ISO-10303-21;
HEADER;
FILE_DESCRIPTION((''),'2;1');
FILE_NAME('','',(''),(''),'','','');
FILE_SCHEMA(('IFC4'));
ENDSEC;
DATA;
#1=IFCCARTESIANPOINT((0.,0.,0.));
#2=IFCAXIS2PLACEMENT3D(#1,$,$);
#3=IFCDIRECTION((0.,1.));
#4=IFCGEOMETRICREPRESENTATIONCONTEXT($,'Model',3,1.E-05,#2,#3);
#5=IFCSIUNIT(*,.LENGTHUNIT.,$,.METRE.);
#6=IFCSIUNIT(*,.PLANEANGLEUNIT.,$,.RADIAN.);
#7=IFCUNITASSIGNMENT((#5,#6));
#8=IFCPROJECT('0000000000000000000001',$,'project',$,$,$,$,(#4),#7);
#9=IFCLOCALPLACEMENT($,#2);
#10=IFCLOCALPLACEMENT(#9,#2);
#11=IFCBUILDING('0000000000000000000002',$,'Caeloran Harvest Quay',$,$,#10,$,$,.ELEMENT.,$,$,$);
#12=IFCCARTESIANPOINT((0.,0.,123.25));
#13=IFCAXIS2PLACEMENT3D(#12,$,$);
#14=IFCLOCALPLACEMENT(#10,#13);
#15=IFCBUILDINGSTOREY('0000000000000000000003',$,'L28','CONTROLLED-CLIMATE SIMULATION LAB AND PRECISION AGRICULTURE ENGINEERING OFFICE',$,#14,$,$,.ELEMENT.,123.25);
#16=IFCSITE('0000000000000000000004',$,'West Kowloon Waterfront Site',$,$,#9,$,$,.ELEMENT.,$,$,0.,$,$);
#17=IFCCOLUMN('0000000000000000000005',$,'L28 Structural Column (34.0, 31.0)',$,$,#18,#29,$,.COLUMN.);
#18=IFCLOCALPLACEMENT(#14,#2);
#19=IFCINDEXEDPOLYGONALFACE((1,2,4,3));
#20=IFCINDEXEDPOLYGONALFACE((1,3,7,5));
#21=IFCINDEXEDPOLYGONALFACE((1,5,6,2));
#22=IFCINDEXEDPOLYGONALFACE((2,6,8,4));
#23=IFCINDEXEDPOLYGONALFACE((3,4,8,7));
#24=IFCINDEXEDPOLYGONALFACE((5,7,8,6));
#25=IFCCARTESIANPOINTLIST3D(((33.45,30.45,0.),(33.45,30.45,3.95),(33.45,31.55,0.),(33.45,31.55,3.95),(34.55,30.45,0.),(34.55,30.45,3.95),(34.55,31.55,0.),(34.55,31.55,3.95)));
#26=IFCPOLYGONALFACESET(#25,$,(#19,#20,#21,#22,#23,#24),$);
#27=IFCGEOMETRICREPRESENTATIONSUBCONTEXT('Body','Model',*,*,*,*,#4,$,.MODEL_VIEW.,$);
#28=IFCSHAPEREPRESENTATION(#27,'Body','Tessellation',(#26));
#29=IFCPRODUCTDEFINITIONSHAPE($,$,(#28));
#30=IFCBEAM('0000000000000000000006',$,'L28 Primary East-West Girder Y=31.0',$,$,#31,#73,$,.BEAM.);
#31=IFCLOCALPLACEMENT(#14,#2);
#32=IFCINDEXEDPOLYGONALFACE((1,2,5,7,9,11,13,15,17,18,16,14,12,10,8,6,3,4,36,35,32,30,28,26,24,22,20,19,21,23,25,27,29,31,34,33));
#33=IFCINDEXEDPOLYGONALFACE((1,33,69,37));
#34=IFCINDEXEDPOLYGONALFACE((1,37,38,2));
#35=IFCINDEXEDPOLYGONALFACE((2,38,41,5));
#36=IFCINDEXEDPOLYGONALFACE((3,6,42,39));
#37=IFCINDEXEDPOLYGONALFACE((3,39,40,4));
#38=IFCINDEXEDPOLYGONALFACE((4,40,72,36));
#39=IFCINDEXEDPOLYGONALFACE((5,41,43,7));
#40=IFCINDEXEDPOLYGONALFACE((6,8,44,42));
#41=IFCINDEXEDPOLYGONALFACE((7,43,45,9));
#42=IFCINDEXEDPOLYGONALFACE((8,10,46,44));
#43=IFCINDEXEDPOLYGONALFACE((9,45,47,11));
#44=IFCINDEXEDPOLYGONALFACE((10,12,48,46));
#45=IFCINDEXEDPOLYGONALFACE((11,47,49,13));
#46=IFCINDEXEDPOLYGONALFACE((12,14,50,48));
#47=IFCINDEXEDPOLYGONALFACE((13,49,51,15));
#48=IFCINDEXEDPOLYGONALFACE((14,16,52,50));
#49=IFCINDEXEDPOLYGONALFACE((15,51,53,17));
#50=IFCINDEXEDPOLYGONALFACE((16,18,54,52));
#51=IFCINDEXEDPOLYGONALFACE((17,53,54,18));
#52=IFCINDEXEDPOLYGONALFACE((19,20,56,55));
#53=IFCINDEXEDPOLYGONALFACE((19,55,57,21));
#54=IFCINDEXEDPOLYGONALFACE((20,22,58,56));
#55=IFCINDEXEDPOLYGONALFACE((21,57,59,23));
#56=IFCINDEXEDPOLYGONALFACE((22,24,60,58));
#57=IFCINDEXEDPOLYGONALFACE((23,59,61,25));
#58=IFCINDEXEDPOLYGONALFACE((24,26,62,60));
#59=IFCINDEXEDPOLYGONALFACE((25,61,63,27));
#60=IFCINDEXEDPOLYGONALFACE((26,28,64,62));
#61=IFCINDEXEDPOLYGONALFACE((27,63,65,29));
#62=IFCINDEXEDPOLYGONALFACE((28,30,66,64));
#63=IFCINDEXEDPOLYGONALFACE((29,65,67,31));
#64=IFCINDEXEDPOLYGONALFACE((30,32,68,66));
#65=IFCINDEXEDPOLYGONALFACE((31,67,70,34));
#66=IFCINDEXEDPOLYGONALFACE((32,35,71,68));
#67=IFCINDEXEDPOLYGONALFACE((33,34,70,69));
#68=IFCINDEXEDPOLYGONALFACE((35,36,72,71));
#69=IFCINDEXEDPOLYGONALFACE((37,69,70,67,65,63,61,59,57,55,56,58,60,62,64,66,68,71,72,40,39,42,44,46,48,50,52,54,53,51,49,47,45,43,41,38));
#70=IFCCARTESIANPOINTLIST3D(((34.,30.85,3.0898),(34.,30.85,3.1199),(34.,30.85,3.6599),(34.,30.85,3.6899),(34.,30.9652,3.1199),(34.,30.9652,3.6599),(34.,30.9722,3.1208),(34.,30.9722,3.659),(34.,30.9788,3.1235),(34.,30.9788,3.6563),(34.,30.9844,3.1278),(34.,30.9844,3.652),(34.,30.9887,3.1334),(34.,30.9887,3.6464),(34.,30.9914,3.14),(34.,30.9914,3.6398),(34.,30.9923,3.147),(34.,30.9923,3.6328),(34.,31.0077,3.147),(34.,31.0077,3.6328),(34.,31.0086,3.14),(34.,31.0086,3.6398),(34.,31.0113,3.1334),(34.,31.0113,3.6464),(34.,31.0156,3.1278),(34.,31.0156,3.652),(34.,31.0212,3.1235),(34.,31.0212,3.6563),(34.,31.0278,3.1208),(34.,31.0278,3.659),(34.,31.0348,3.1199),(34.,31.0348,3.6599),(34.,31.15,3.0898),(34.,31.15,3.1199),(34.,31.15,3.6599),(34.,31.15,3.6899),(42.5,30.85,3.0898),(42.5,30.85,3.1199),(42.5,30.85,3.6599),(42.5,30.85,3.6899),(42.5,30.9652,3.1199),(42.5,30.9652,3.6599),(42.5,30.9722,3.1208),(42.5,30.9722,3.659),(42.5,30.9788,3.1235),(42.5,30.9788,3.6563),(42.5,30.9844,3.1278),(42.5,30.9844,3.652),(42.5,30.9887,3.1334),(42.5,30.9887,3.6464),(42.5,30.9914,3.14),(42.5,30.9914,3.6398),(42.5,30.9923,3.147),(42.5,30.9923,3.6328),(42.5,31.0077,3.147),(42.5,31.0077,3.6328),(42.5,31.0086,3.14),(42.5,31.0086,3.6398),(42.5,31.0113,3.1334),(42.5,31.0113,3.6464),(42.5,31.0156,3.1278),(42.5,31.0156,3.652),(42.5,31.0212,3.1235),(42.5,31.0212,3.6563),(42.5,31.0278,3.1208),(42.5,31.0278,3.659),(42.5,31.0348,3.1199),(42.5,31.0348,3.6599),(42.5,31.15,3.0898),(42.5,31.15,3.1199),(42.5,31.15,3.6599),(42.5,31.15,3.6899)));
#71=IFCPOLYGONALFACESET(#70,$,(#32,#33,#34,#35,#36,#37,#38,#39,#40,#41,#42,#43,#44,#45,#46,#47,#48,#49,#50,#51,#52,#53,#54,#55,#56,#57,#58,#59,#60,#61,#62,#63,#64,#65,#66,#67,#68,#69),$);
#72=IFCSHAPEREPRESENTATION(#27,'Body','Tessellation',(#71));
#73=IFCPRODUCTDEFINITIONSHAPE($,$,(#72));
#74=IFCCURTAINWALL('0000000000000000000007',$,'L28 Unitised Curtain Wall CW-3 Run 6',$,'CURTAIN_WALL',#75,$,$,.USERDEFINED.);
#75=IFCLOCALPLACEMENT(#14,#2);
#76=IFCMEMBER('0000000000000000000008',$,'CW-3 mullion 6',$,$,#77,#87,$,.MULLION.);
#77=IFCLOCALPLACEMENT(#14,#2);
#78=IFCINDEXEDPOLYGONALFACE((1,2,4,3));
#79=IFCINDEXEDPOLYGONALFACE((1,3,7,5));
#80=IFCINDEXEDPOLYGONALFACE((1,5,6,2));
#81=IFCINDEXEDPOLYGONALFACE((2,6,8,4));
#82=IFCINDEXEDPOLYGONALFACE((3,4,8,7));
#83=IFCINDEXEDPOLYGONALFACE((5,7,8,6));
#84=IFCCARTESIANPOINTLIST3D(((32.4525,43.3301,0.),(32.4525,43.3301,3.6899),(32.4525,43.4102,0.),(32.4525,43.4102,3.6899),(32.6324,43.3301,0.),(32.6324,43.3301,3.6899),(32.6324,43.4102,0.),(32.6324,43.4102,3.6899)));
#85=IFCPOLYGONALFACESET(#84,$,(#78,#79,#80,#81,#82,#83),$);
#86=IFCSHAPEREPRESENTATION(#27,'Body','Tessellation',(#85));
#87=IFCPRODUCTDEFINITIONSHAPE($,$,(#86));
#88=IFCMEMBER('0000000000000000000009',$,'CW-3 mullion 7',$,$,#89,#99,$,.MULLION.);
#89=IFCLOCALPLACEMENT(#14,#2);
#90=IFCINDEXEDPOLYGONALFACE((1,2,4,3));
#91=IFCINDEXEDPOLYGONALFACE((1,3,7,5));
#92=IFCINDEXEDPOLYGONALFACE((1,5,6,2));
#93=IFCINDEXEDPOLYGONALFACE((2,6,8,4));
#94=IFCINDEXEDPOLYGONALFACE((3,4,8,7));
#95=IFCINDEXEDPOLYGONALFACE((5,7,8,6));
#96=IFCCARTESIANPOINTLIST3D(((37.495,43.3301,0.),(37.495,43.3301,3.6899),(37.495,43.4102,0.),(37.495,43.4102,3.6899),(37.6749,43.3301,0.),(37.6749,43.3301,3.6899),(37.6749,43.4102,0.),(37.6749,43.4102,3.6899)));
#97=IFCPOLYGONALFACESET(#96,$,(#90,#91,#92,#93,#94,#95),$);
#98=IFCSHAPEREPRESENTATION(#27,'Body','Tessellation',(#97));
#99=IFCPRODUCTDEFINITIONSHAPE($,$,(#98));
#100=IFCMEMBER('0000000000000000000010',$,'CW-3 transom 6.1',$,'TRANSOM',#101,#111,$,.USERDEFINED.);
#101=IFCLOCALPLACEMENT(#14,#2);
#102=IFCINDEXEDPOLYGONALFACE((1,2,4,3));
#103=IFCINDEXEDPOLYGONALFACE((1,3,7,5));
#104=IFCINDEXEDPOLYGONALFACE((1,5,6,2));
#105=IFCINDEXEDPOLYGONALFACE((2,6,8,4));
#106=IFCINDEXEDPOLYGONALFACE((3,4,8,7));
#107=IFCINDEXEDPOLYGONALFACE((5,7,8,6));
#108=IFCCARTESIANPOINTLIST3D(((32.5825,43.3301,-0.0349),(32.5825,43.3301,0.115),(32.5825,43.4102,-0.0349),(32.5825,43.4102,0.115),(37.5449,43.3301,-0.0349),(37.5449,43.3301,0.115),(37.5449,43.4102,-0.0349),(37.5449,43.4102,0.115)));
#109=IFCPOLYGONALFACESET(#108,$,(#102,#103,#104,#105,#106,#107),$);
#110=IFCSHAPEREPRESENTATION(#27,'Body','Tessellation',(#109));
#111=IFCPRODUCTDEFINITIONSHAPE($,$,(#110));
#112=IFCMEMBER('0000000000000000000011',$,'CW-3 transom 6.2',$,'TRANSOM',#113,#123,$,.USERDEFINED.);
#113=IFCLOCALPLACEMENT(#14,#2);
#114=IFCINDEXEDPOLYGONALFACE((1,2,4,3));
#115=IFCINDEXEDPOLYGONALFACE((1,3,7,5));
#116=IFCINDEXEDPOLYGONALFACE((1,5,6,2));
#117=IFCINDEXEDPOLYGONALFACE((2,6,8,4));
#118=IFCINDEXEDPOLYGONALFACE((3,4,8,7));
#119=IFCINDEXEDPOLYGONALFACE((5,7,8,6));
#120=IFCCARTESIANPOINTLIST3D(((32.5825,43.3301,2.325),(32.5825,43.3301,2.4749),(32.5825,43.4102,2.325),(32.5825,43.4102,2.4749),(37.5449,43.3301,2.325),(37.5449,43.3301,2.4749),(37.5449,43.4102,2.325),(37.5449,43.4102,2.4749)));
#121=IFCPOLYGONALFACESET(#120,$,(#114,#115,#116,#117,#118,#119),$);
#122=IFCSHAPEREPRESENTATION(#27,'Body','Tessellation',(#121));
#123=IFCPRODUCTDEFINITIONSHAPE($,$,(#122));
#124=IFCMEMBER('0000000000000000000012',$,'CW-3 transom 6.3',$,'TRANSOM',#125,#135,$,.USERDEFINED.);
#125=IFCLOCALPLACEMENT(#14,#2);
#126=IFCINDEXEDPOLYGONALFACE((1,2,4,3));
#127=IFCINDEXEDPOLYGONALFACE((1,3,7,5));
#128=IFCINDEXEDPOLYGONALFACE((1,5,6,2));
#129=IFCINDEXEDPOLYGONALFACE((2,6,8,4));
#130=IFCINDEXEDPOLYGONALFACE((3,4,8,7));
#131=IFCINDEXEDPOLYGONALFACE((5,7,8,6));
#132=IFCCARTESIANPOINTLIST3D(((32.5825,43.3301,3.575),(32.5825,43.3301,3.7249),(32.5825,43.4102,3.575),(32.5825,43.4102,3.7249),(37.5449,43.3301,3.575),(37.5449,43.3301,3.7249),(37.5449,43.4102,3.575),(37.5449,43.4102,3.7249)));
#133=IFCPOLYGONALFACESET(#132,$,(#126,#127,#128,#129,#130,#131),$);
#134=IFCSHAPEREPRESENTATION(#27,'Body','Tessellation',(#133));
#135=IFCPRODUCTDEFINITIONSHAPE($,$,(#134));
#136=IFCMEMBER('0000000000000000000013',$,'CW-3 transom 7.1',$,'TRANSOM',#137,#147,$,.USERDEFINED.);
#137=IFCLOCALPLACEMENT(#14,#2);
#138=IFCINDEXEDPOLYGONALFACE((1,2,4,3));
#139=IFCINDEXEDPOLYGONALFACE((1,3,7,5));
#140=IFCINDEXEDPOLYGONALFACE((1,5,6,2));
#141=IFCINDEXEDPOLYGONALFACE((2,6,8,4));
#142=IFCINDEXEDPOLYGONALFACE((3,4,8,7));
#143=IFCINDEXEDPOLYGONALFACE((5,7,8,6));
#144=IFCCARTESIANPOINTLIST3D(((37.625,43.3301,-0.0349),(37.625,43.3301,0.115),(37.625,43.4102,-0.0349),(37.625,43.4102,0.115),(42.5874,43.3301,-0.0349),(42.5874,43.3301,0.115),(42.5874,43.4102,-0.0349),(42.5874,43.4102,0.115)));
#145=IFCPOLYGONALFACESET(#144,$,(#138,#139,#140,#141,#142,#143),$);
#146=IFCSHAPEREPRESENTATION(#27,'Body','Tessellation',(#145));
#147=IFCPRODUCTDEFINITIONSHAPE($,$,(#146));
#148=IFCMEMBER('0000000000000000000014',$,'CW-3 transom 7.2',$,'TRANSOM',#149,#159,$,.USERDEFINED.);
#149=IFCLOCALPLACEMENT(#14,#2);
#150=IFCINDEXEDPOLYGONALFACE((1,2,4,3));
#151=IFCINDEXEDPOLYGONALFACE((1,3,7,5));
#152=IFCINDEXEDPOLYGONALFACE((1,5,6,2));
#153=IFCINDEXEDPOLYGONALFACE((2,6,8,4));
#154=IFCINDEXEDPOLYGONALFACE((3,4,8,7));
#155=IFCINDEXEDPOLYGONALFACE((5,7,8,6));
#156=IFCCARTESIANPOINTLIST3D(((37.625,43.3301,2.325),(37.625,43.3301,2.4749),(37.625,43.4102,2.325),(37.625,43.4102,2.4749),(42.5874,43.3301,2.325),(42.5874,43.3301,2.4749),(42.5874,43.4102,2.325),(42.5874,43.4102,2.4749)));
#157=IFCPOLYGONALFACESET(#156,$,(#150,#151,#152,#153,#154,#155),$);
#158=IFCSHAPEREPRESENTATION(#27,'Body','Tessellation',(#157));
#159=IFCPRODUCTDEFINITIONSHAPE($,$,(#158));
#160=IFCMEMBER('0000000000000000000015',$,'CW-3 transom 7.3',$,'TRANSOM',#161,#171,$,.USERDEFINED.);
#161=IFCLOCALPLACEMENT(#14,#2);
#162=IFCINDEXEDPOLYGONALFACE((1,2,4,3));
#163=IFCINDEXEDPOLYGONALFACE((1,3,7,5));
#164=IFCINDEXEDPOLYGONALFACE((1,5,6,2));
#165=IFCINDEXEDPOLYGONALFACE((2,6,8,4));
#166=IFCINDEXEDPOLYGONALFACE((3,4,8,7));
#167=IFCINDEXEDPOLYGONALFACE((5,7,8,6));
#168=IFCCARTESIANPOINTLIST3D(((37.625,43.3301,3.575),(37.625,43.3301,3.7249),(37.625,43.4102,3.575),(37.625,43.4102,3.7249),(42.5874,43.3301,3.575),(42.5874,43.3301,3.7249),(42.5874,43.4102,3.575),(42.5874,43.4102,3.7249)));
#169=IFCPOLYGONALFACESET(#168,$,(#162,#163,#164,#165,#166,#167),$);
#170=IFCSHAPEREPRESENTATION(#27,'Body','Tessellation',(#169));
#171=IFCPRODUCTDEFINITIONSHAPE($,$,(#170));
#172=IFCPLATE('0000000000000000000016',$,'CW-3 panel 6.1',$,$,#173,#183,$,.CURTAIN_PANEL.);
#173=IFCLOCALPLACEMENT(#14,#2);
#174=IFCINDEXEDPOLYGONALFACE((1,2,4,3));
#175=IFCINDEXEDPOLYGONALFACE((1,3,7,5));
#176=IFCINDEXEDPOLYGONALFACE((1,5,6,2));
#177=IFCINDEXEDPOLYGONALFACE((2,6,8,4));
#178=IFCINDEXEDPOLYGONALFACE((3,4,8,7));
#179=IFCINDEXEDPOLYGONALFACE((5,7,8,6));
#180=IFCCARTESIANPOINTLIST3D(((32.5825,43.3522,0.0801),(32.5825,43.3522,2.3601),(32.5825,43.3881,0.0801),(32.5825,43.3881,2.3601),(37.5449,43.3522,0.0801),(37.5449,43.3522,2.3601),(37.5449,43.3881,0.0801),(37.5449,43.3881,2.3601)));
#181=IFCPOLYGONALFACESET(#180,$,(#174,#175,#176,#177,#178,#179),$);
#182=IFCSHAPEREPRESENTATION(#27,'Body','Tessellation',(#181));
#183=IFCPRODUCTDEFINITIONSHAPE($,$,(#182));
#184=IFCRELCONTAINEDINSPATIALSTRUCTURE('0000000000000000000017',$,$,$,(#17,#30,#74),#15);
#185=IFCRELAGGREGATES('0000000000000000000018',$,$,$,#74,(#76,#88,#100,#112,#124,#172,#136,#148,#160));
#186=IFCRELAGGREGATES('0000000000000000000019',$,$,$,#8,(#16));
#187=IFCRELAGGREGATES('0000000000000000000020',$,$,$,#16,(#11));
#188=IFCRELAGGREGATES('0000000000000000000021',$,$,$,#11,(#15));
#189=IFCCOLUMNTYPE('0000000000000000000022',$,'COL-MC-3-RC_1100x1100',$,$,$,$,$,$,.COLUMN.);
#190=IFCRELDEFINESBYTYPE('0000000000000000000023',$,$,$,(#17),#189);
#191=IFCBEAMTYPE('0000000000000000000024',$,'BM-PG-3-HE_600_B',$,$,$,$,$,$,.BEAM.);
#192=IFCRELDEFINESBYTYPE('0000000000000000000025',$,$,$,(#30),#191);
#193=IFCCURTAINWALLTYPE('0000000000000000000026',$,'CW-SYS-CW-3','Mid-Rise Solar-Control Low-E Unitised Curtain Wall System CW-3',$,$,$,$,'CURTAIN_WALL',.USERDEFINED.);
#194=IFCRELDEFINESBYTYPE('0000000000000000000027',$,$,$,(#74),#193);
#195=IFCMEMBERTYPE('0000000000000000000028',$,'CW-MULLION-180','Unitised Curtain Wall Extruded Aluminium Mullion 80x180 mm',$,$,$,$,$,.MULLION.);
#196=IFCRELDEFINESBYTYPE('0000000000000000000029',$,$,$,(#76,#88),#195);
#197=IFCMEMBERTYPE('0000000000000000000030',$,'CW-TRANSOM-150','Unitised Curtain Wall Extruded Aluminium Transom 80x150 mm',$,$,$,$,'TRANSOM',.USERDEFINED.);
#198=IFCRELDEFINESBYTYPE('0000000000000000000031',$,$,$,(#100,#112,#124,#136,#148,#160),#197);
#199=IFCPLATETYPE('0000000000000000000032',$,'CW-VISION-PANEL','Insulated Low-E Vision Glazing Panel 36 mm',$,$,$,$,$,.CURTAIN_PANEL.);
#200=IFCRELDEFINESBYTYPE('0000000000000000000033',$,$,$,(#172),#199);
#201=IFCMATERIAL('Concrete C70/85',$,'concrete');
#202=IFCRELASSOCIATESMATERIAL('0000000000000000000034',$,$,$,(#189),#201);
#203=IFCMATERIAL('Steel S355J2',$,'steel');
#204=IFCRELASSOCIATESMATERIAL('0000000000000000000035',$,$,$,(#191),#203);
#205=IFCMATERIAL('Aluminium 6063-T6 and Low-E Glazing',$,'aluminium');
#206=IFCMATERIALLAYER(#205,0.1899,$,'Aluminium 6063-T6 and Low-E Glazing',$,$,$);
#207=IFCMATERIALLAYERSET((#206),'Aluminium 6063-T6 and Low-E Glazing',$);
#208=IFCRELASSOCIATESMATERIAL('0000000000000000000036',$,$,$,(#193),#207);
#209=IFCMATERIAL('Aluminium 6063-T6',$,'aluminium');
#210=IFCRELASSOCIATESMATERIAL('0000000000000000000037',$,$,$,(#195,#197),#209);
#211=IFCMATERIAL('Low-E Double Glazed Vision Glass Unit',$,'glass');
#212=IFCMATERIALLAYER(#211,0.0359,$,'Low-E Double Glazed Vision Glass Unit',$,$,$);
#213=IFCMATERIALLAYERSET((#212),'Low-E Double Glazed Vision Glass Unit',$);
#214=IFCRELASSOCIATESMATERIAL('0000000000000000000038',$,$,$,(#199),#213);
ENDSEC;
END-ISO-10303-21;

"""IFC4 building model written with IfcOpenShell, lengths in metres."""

from ifc_helpers import new_model, si_unit, direction, frame, origin, origin_2d, place, context, subcontext, project, spatial, rectangle, i_section, extrude, material, layer, layer_set, material_profile, profile_set, type_object, element, aggregate, save


model = new_model("IFC4")

# Units and contexts
model_context = context("Model", 3, precision=1e-05, world=origin(), true_north=direction((0.0, 1.0)))
body_context = subcontext(model_context, "Body", "Model", "MODEL_VIEW")
ifc_project = project(units=[si_unit("LENGTHUNIT", "METRE"), si_unit("PLANEANGLEUNIT", "RADIAN")], contexts=[model_context])

# Site, building, storey
site_placement = place(None, origin())
site = spatial("IfcSite", under=ifc_project, at=site_placement, Name="West Kowloon Waterfront Site", CompositionType="ELEMENT", RefElevation=0.0)
building_placement = place(site_placement, origin())
building = spatial("IfcBuilding", under=site, at=building_placement, Name="Caeloran Harvest Quay", CompositionType="ELEMENT")
storey_placement = place(building_placement, frame((0.0, 0.0, 123.25)))
storey = spatial("IfcBuildingStorey", under=building, at=storey_placement, Name="L28", Description="CONTROLLED-CLIMATE SIMULATION LAB AND PRECISION AGRICULTURE ENGINEERING OFFICE", CompositionType="ELEMENT", Elevation=123.25)

# Column
ifc_material_1 = material(Name="Concrete C70/85", Category="concrete")
ifc_material_profile_1 = material_profile(ifc_material_1, rectangle(XDim=1.1001, YDim=1.1001, at=origin_2d()), Name="RC 1100x1100")
ifc_profile_set_1 = profile_set([ifc_material_profile_1], Name="Concrete C70/85")
column_type = type_object("IfcColumnType", Name="COL-MC-3-RC_1100x1100", PredefinedType="COLUMN", material=ifc_profile_set_1)
column_placement = place(storey_placement, frame((34.0, 31.0, 0.0), z_axis=(0.0, 0.0, 1.0), x_axis=(1.0, 0.0, 0.0)))
element("IfcColumn", 1, at=column_placement, inside=storey, type_object=column_type, Name="L28 Structural Column (34.0, 31.0)", PredefinedType="COLUMN", context=body_context, shape_type="SweptSolid", body=[
    extrude(rectangle(XDim=1.1001, YDim=1.1001, at=origin_2d()), origin(), (0.0, 0.0, 1.0), 3.95),
])

# Beam
ifc_material_2 = material(Name="Steel S355J2", Category="steel")
ifc_material_profile_2 = material_profile(ifc_material_2, i_section(OverallWidth=0.3, OverallDepth=0.6001, WebThickness=0.0154, FlangeThickness=0.03, FilletRadius=0.0271, at=origin_2d()), Name="HE 600 B")
ifc_profile_set_2 = profile_set([ifc_material_profile_2], Name="Steel S355J2")
beam_type = type_object("IfcBeamType", Name="BM-PG-3-HE_600_B", PredefinedType="BEAM", material=ifc_profile_set_2)
beam_placement = place(storey_placement, frame((34.0, 31.0, 3.3899), z_axis=(1.0, 0.0, 0.0), x_axis=(0.0, 1.0, 0.0)))
element("IfcBeam", 2, at=beam_placement, inside=storey, type_object=beam_type, Name="L28 Primary East-West Girder Y=31.0", PredefinedType="BEAM", context=body_context, shape_type="SweptSolid", body=[
    extrude(i_section(OverallWidth=0.3, OverallDepth=0.6001, WebThickness=0.0154, FlangeThickness=0.03, FilletRadius=0.0271, at=origin_2d()), origin(), (0.0, 0.0, 1.0), 8.5),
])

# Curtain wall, members, plate
ifc_material_3 = material(Name="Aluminium 6063-T6 and Low-E Glazing", Category="aluminium")
ifc_layer_1 = layer(ifc_material_3, 0.1899, Name="Aluminium 6063-T6 and Low-E Glazing")
ifc_layer_set_1 = layer_set([ifc_layer_1], Name="Aluminium 6063-T6 and Low-E Glazing")
curtain_wall_type = type_object("IfcCurtainWallType", Name="CW-SYS-CW-3", Description="Mid-Rise Solar-Control Low-E Unitised Curtain Wall System CW-3", ElementType="CURTAIN_WALL", PredefinedType="USERDEFINED", material=ifc_layer_set_1)
curtain_wall_placement = place(storey_placement, origin())
curtain_wall = element("IfcCurtainWall", 3, at=curtain_wall_placement, inside=storey, type_object=curtain_wall_type, Name="L28 Unitised Curtain Wall CW-3 Run 6", ObjectType="CURTAIN_WALL", PredefinedType="USERDEFINED")
ifc_material_4 = material(Name="Aluminium 6063-T6", Category="aluminium")
ifc_material_profile_3 = material_profile(ifc_material_4, rectangle(XDim=0.0801, YDim=0.1799, at=origin_2d()), Name="CW-MULLION-180")
ifc_profile_set_3 = profile_set([ifc_material_profile_3], Name="Aluminium 6063-T6")
member_type_1 = type_object("IfcMemberType", Name="CW-MULLION-180", Description="Unitised Curtain Wall Extruded Aluminium Mullion 80x180 mm", PredefinedType="MULLION", material=ifc_profile_set_3)
member_1_placement = place(storey_placement, frame((32.5425, 43.3701, 0.0), z_axis=(0.0, 0.0, 1.0), x_axis=(0.0, 1.0, 0.0)))
member_1 = element("IfcMember", 4, at=member_1_placement, type_object=member_type_1, Name="CW-3 mullion 6", PredefinedType="MULLION", context=body_context, shape_type="SweptSolid", body=[
    extrude(rectangle(XDim=0.0801, YDim=0.1799, at=origin_2d()), origin(), (0.0, 0.0, 1.0), 3.6899),
])
member_2_placement = place(storey_placement, frame((37.585, 43.3701, 0.0), z_axis=(0.0, 0.0, 1.0), x_axis=(0.0, 1.0, 0.0)))
member_2 = element("IfcMember", 5, at=member_2_placement, type_object=member_type_1, Name="CW-3 mullion 7", PredefinedType="MULLION", context=body_context, shape_type="SweptSolid", body=[
    extrude(rectangle(XDim=0.0801, YDim=0.1799, at=origin_2d()), origin(), (0.0, 0.0, 1.0), 3.6899),
])
ifc_material_profile_4 = material_profile(ifc_material_4, rectangle(XDim=0.0801, YDim=0.1499, at=origin_2d()), Name="CW-TRANSOM-150")
ifc_profile_set_4 = profile_set([ifc_material_profile_4], Name="Aluminium 6063-T6")
member_type_2 = type_object("IfcMemberType", Name="CW-TRANSOM-150", Description="Unitised Curtain Wall Extruded Aluminium Transom 80x150 mm", ElementType="TRANSOM", PredefinedType="USERDEFINED", material=ifc_profile_set_4)
member_3_placement = place(storey_placement, frame((32.5825, 43.3701, 0.04), z_axis=(1.0, 0.0, 0.0), x_axis=(0.0, 1.0, 0.0)))
member_3 = element("IfcMember", 6, at=member_3_placement, type_object=member_type_2, Name="CW-3 transom 6.1", ObjectType="TRANSOM", PredefinedType="USERDEFINED", context=body_context, shape_type="SweptSolid", body=[
    extrude(rectangle(XDim=0.0801, YDim=0.1499, at=origin_2d()), origin(), (0.0, 0.0, 1.0), 4.9624),
])
member_4_placement = place(storey_placement, frame((32.5825, 43.3701, 2.3999), z_axis=(1.0, 0.0, 0.0), x_axis=(0.0, 1.0, 0.0)))
member_4 = element("IfcMember", 7, at=member_4_placement, type_object=member_type_2, Name="CW-3 transom 6.2", ObjectType="TRANSOM", PredefinedType="USERDEFINED", context=body_context, shape_type="SweptSolid", body=[
    extrude(rectangle(XDim=0.0801, YDim=0.1499, at=origin_2d()), origin(), (0.0, 0.0, 1.0), 4.9624),
])
member_5_placement = place(storey_placement, frame((32.5825, 43.3701, 3.6499), z_axis=(1.0, 0.0, 0.0), x_axis=(0.0, 1.0, 0.0)))
member_5 = element("IfcMember", 8, at=member_5_placement, type_object=member_type_2, Name="CW-3 transom 6.3", ObjectType="TRANSOM", PredefinedType="USERDEFINED", context=body_context, shape_type="SweptSolid", body=[
    extrude(rectangle(XDim=0.0801, YDim=0.1499, at=origin_2d()), origin(), (0.0, 0.0, 1.0), 4.9624),
])
member_6_placement = place(storey_placement, frame((37.625, 43.3701, 0.04), z_axis=(1.0, 0.0, 0.0), x_axis=(0.0, 1.0, 0.0)))
member_6 = element("IfcMember", 9, at=member_6_placement, type_object=member_type_2, Name="CW-3 transom 7.1", ObjectType="TRANSOM", PredefinedType="USERDEFINED", context=body_context, shape_type="SweptSolid", body=[
    extrude(rectangle(XDim=0.0801, YDim=0.1499, at=origin_2d()), origin(), (0.0, 0.0, 1.0), 4.9624),
])
member_7_placement = place(storey_placement, frame((37.625, 43.3701, 2.3999), z_axis=(1.0, 0.0, 0.0), x_axis=(0.0, 1.0, 0.0)))
member_7 = element("IfcMember", 10, at=member_7_placement, type_object=member_type_2, Name="CW-3 transom 7.2", ObjectType="TRANSOM", PredefinedType="USERDEFINED", context=body_context, shape_type="SweptSolid", body=[
    extrude(rectangle(XDim=0.0801, YDim=0.1499, at=origin_2d()), origin(), (0.0, 0.0, 1.0), 4.9624),
])
member_8_placement = place(storey_placement, frame((37.625, 43.3701, 3.6499), z_axis=(1.0, 0.0, 0.0), x_axis=(0.0, 1.0, 0.0)))
member_8 = element("IfcMember", 11, at=member_8_placement, type_object=member_type_2, Name="CW-3 transom 7.3", ObjectType="TRANSOM", PredefinedType="USERDEFINED", context=body_context, shape_type="SweptSolid", body=[
    extrude(rectangle(XDim=0.0801, YDim=0.1499, at=origin_2d()), origin(), (0.0, 0.0, 1.0), 4.9624),
])
ifc_material_5 = material(Name="Low-E Double Glazed Vision Glass Unit", Category="glass")
ifc_layer_2 = layer(ifc_material_5, 0.0359, Name="Low-E Double Glazed Vision Glass Unit")
ifc_layer_set_2 = layer_set([ifc_layer_2], Name="Low-E Double Glazed Vision Glass Unit")
plate_type = type_object("IfcPlateType", Name="CW-VISION-PANEL", Description="Insulated Low-E Vision Glazing Panel 36 mm", PredefinedType="CURTAIN_PANEL", material=ifc_layer_set_2)
plate_1_placement = place(storey_placement, frame((35.0637, 43.3701, 0.0801), z_axis=(0.0, 0.0, 1.0), x_axis=(1.0, 0.0, 0.0)))
plate_1 = element("IfcPlate", 12, at=plate_1_placement, type_object=plate_type, Name="CW-3 panel 6.1", PredefinedType="CURTAIN_PANEL", context=body_context, shape_type="SweptSolid", body=[
    extrude(rectangle(XDim=4.9624, YDim=0.0359, at=origin_2d()), origin(), (0.0, 0.0, 1.0), 2.28),
])
aggregate(curtain_wall, [member_1, member_2, member_3, member_4, member_5, plate_1, member_6, member_7, member_8])

save(model, "model.ifc")
